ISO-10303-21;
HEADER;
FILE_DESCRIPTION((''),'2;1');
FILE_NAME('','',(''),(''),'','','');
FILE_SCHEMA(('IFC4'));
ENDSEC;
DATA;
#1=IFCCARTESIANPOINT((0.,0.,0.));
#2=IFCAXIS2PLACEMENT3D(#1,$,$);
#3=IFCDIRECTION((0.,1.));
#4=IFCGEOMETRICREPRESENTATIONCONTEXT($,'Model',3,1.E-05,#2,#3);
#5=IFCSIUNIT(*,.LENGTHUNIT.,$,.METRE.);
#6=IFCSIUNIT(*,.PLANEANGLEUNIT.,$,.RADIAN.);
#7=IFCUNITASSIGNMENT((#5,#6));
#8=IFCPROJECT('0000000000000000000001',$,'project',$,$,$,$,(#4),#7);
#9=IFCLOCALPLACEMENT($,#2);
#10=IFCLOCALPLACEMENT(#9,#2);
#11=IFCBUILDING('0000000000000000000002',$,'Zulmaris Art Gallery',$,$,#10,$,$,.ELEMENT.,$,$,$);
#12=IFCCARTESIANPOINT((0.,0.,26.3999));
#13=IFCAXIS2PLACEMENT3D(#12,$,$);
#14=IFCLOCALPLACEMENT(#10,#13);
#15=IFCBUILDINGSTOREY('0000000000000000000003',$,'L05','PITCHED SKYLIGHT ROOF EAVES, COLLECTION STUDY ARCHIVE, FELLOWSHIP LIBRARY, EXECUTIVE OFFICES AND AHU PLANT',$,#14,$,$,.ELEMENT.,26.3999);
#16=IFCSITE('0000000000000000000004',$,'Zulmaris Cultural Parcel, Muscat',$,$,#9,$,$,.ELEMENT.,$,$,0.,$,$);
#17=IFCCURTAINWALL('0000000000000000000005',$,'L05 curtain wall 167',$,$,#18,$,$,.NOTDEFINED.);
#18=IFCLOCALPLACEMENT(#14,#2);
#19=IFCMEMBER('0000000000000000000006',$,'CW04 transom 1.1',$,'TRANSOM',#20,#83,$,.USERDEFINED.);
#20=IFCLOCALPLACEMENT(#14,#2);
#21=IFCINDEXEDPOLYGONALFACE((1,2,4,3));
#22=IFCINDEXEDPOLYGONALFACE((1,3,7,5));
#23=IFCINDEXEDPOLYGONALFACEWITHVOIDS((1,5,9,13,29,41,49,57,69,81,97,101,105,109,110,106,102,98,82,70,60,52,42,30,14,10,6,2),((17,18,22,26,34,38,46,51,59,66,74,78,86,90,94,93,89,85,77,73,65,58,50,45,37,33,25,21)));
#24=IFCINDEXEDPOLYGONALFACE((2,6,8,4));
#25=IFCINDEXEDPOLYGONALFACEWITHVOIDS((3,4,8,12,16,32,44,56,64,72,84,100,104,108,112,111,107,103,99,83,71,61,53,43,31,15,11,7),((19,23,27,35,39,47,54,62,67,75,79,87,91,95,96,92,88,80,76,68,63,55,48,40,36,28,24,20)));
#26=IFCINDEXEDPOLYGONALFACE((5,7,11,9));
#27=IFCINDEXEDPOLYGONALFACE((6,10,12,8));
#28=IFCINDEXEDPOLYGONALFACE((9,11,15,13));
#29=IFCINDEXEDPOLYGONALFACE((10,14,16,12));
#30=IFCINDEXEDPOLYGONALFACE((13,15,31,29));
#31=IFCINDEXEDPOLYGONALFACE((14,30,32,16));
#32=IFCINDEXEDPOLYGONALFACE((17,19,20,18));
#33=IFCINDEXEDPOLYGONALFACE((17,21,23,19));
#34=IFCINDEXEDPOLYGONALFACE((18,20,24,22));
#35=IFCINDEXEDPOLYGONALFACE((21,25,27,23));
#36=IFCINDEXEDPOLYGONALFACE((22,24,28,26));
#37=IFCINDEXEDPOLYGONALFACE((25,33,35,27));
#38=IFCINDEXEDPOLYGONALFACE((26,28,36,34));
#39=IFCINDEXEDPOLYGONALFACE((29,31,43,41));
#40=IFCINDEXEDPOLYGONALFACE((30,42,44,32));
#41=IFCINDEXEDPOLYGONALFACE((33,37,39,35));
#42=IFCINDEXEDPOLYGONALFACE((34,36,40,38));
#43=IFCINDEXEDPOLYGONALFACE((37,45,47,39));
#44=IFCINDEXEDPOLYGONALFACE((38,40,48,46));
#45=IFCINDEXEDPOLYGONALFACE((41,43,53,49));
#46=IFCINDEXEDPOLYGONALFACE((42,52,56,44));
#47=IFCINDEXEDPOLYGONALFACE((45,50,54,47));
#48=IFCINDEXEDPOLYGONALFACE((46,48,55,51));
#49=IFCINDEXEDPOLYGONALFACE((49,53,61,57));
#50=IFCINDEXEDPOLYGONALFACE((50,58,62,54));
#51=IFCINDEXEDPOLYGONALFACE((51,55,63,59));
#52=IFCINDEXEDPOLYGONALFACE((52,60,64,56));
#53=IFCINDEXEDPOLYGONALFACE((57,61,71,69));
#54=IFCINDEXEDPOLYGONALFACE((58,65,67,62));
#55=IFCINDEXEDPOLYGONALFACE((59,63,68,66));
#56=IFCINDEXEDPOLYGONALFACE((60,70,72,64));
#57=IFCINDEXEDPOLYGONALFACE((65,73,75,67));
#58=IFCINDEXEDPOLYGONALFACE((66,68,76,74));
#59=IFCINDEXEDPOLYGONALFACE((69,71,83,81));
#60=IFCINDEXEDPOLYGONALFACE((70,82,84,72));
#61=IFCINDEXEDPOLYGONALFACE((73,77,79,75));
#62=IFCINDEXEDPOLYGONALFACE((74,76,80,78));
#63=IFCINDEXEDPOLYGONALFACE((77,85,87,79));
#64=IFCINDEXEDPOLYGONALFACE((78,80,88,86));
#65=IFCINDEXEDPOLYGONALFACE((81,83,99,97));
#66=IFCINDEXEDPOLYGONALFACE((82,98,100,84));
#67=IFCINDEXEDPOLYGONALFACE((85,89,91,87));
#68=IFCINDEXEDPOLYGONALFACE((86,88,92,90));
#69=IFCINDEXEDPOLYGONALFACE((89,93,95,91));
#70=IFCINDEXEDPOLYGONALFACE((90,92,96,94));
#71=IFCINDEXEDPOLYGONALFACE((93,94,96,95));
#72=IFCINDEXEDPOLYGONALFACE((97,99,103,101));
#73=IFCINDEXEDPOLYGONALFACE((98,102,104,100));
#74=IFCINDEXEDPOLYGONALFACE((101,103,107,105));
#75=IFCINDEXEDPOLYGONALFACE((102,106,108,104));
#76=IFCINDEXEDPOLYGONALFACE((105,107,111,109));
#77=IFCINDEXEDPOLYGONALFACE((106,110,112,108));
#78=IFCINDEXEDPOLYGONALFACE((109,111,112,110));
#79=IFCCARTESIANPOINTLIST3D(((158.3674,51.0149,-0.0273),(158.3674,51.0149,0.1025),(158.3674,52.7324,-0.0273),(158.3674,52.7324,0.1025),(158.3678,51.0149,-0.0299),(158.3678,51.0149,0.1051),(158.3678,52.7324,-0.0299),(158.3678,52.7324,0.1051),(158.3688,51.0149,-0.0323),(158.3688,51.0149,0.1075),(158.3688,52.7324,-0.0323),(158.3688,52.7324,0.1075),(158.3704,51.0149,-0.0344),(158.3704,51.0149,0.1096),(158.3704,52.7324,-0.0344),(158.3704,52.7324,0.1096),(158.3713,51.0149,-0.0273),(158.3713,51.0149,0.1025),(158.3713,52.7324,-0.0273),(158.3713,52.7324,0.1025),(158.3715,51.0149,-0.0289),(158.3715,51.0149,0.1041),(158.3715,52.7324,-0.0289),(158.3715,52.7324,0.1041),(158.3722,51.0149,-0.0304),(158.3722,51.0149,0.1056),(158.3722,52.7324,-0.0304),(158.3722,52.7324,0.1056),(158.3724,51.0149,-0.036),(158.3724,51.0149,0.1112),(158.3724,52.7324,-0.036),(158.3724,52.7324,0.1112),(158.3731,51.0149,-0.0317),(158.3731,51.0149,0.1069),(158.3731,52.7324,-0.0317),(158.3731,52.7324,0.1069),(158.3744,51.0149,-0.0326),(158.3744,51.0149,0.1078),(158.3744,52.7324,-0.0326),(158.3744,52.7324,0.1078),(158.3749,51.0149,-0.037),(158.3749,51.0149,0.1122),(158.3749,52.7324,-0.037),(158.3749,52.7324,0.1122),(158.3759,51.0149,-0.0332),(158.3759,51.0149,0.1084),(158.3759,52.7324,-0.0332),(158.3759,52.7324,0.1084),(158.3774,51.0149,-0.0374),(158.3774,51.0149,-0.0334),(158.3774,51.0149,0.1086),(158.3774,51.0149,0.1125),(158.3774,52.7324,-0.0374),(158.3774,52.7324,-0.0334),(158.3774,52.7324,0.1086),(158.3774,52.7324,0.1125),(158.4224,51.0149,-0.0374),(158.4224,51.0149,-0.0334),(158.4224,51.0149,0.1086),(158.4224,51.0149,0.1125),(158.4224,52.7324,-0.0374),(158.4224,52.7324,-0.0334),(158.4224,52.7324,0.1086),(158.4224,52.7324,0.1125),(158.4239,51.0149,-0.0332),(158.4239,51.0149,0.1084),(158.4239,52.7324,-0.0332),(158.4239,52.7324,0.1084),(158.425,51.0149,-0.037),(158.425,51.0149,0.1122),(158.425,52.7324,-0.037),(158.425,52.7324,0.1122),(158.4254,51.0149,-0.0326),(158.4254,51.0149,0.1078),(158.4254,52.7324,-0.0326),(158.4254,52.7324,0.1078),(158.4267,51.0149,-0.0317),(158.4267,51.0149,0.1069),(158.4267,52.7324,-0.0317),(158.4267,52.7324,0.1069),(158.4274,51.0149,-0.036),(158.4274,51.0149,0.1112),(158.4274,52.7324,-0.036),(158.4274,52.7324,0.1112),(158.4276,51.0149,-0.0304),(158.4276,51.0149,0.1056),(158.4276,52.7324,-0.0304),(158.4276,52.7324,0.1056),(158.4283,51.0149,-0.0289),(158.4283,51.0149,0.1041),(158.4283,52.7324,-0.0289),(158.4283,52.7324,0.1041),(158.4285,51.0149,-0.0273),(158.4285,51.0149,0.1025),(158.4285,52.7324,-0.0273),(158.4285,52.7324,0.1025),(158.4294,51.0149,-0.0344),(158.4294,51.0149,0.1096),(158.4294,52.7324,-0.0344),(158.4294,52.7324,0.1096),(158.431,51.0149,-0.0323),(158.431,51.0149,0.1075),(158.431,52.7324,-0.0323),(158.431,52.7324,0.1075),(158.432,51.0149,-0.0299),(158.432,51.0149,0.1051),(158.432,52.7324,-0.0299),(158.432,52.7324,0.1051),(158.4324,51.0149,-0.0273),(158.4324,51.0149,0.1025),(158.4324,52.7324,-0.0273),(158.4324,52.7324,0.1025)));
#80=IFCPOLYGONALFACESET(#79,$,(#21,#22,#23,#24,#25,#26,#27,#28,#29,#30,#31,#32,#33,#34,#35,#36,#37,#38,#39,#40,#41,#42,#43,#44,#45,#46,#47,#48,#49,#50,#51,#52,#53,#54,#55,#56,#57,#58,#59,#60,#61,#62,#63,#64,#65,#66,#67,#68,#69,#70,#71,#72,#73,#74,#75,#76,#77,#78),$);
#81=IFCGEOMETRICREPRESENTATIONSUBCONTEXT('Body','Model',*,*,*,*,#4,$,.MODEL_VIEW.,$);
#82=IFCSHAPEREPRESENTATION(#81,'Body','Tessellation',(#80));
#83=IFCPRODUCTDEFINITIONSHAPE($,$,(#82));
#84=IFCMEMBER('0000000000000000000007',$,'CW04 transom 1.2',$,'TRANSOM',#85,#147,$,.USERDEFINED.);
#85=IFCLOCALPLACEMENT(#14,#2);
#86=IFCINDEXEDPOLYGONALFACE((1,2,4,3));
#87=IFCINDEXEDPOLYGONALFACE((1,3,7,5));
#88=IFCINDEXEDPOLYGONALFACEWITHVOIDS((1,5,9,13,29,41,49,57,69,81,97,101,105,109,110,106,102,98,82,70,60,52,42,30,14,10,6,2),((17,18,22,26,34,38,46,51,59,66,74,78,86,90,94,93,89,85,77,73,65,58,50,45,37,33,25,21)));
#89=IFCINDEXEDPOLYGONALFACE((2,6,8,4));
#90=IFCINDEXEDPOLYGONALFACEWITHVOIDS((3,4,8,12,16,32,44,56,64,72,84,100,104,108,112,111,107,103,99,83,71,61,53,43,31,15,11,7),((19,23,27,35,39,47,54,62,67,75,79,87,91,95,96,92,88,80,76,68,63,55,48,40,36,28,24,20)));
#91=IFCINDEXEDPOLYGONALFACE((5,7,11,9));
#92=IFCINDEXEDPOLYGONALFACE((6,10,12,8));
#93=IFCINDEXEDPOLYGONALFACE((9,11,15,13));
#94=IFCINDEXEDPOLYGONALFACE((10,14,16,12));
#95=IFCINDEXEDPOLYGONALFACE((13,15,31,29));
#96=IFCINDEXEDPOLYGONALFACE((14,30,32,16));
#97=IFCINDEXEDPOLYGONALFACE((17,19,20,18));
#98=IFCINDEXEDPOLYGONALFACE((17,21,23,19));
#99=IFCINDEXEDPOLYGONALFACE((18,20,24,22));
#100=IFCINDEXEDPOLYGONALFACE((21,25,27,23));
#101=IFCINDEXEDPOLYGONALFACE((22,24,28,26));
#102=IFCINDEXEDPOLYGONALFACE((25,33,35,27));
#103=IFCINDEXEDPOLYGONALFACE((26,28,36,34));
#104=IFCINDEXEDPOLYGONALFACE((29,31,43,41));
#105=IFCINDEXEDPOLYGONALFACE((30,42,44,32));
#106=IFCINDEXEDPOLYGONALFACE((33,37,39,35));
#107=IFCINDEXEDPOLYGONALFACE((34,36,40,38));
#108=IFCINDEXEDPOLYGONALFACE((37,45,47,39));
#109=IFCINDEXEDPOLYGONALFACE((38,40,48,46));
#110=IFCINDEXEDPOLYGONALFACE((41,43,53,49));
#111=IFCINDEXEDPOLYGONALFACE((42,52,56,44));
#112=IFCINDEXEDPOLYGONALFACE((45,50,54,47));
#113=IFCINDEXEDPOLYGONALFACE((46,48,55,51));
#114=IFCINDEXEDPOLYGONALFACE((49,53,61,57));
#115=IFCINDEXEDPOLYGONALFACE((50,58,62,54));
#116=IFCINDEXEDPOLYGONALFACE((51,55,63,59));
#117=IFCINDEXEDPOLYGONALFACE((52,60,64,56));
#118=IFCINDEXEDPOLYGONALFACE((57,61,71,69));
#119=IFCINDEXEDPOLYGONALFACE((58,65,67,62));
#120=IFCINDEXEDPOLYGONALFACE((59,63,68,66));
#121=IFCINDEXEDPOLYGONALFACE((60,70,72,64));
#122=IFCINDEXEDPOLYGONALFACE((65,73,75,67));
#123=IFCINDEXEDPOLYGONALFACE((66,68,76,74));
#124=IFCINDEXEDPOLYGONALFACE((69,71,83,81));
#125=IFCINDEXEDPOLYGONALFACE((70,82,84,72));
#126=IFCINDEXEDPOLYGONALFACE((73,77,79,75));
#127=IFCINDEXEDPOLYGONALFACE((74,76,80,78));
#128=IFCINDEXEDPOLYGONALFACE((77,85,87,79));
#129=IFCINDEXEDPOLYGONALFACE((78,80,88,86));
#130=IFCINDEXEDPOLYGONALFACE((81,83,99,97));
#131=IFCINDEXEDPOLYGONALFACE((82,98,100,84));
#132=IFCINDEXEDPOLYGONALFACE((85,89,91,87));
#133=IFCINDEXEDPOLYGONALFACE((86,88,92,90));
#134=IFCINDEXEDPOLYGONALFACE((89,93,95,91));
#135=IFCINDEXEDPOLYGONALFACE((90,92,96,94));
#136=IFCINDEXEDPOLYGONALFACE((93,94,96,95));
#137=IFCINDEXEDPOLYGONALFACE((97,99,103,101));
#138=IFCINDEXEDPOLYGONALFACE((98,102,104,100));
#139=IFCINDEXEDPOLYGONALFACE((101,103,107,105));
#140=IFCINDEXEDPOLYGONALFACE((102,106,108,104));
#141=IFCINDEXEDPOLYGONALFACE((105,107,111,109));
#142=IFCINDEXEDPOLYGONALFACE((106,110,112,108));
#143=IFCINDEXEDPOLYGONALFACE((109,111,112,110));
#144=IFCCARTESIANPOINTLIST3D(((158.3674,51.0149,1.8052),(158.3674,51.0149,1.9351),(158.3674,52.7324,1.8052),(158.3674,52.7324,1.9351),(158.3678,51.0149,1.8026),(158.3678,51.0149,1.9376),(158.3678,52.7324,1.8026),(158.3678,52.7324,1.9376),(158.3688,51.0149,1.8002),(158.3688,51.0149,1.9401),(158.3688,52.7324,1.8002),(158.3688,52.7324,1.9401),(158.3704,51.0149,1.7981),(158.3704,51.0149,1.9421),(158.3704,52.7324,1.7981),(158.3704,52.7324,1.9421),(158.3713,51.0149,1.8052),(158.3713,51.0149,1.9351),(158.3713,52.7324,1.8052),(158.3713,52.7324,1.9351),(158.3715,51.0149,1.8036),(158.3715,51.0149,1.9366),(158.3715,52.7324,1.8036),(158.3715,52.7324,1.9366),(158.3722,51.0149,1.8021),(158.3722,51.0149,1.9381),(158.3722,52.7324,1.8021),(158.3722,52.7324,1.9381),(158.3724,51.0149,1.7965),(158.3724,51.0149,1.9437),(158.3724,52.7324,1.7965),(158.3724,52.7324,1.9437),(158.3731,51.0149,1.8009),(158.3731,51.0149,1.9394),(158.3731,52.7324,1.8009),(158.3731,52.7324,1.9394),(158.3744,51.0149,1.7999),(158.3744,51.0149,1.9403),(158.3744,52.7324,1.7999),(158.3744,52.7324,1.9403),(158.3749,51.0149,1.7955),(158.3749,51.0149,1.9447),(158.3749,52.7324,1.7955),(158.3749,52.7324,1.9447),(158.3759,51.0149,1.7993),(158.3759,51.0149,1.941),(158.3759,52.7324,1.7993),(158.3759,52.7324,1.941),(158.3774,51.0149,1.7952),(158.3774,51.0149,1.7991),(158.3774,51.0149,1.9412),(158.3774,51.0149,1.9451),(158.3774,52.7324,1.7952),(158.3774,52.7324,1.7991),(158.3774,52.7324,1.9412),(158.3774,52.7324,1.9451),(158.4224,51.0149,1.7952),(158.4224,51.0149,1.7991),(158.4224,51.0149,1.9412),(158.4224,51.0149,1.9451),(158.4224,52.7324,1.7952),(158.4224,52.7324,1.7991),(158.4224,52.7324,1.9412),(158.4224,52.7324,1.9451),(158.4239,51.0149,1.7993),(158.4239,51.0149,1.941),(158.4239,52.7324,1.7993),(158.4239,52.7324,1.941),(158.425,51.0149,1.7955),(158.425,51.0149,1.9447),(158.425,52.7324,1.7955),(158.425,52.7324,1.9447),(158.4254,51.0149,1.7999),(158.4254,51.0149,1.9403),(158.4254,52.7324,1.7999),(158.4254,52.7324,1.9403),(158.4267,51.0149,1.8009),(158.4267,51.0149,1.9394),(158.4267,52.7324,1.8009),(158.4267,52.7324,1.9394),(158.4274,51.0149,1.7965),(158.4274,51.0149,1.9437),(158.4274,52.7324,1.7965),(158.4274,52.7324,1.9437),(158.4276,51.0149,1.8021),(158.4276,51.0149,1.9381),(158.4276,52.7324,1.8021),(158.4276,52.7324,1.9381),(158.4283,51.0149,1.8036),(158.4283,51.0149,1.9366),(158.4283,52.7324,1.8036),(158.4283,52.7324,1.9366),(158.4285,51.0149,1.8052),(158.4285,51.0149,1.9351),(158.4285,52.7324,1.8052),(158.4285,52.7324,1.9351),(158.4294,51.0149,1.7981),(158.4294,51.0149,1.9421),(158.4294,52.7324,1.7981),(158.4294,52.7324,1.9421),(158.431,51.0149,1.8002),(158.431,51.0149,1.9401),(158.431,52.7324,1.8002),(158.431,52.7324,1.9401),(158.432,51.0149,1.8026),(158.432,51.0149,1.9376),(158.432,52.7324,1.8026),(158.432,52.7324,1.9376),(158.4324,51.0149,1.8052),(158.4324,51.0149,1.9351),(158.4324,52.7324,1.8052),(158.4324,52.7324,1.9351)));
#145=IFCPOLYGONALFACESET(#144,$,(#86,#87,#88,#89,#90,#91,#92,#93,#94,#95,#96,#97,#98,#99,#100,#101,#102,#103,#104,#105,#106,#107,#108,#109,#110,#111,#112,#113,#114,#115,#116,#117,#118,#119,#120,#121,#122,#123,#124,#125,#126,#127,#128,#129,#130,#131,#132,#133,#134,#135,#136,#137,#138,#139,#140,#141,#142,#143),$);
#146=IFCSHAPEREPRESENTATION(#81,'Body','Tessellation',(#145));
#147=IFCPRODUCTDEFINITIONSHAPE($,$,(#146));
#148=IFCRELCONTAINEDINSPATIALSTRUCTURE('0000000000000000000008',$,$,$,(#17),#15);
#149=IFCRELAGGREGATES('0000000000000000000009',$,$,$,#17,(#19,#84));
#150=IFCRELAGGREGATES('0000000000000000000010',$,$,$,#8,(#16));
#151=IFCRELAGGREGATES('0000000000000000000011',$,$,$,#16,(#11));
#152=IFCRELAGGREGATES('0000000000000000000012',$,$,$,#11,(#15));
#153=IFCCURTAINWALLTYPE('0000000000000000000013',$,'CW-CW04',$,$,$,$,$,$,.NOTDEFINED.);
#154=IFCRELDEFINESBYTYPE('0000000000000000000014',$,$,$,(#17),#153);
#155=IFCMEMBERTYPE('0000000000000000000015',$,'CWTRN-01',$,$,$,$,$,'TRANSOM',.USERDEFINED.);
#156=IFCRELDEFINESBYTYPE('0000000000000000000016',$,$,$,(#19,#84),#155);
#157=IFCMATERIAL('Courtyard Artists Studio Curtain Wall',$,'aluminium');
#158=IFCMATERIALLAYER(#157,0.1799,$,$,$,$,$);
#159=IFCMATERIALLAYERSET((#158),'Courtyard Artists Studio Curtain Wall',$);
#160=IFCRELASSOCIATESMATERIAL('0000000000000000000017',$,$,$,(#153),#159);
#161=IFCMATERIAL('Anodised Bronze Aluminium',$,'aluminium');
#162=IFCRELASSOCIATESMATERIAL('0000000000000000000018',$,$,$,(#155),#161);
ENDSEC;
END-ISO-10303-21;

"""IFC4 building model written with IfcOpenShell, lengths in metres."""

from ifc_helpers import new_model, si_unit, direction, frame, origin, origin_2d, place, context, subcontext, project, spatial, hollow_rectangle, extrude, material, layer, layer_set, material_profile, profile_set, type_object, element, aggregate, save


model = new_model("IFC4")

# Units and contexts
model_context = context("Model", 3, precision=1e-05, world=origin(), true_north=direction((0.0, 1.0)))
body_context = subcontext(model_context, "Body", "Model", "MODEL_VIEW")
ifc_project = project(units=[si_unit("LENGTHUNIT", "METRE"), si_unit("PLANEANGLEUNIT", "RADIAN")], contexts=[model_context])

# Site, building, storey
site_placement = place(None, origin())
site = spatial("IfcSite", under=ifc_project, at=site_placement, Name="Zulmaris Cultural Parcel, Muscat", CompositionType="ELEMENT", RefElevation=0.0)
building_placement = place(site_placement, origin())
building = spatial("IfcBuilding", under=site, at=building_placement, Name="Zulmaris Art Gallery", CompositionType="ELEMENT")
storey_placement = place(building_placement, frame((0.0, 0.0, 26.3999)))
storey = spatial("IfcBuildingStorey", under=building, at=storey_placement, Name="L05", Description="PITCHED SKYLIGHT ROOF EAVES, COLLECTION STUDY ARCHIVE, FELLOWSHIP LIBRARY, EXECUTIVE OFFICES AND AHU PLANT", CompositionType="ELEMENT", Elevation=26.3999)

# Curtain wall
ifc_material_1 = material(Name="Courtyard Artists Studio Curtain Wall", Category="aluminium")
ifc_layer_1 = layer(ifc_material_1, 0.1799)
ifc_layer_set_1 = layer_set([ifc_layer_1], Name="Courtyard Artists Studio Curtain Wall")
curtain_wall_type = type_object("IfcCurtainWallType", Name="CW-CW04", PredefinedType="NOTDEFINED", material=ifc_layer_set_1)
curtain_wall_1_placement = place(storey_placement, origin())
curtain_wall_1 = element("IfcCurtainWall", 1, at=curtain_wall_1_placement, inside=storey, type_object=curtain_wall_type, Name="L05 curtain wall 167", PredefinedType="NOTDEFINED")
ifc_material_2 = material(Name="Anodised Bronze Aluminium", Category="aluminium")

# Members
ifc_material_profile_1 = material_profile(ifc_material_2, hollow_rectangle(XDim=0.0649, YDim=0.1499, WallThickness=0.0039, InnerFilletRadius=0.0061, OuterFilletRadius=0.01, at=origin_2d()), Name="ALU 65x150x4")
ifc_profile_set_1 = profile_set([ifc_material_profile_1], Name="Anodised Bronze Aluminium")
member_type_1 = type_object("IfcMemberType", Name="CWTRN-01", ElementType="TRANSOM", PredefinedType="USERDEFINED", material=ifc_profile_set_1)
member_1_placement = place(storey_placement, frame((158.3999, 51.0149, 0.0376), z_axis=(0.0, 1.0, 0.0), x_axis=(-1.0, 0.0, 0.0)))
member_1 = element("IfcMember", 2, at=member_1_placement, type_object=member_type_1, Name="CW04 transom 1.1", ObjectType="TRANSOM", PredefinedType="USERDEFINED", context=body_context, shape_type="SweptSolid", body=[
    extrude(hollow_rectangle(XDim=0.0649, YDim=0.1499, WallThickness=0.0039, InnerFilletRadius=0.0061, OuterFilletRadius=0.01, at=origin_2d()), origin(), (0.0, 0.0, 1.0), 1.7175),
])
member_2_placement = place(storey_placement, frame((158.3999, 51.0149, 1.8701), z_axis=(0.0, 1.0, 0.0), x_axis=(-1.0, 0.0, 0.0)))
member_2 = element("IfcMember", 3, at=member_2_placement, type_object=member_type_1, Name="CW04 transom 1.2", ObjectType="TRANSOM", PredefinedType="USERDEFINED", context=body_context, shape_type="SweptSolid", body=[
    extrude(hollow_rectangle(XDim=0.0649, YDim=0.1499, WallThickness=0.0039, InnerFilletRadius=0.0061, OuterFilletRadius=0.01, at=origin_2d()), origin(), (0.0, 0.0, 1.0), 1.7175),
])

aggregate(curtain_wall_1, [member_1, member_2])

save(model, "model.ifc")
